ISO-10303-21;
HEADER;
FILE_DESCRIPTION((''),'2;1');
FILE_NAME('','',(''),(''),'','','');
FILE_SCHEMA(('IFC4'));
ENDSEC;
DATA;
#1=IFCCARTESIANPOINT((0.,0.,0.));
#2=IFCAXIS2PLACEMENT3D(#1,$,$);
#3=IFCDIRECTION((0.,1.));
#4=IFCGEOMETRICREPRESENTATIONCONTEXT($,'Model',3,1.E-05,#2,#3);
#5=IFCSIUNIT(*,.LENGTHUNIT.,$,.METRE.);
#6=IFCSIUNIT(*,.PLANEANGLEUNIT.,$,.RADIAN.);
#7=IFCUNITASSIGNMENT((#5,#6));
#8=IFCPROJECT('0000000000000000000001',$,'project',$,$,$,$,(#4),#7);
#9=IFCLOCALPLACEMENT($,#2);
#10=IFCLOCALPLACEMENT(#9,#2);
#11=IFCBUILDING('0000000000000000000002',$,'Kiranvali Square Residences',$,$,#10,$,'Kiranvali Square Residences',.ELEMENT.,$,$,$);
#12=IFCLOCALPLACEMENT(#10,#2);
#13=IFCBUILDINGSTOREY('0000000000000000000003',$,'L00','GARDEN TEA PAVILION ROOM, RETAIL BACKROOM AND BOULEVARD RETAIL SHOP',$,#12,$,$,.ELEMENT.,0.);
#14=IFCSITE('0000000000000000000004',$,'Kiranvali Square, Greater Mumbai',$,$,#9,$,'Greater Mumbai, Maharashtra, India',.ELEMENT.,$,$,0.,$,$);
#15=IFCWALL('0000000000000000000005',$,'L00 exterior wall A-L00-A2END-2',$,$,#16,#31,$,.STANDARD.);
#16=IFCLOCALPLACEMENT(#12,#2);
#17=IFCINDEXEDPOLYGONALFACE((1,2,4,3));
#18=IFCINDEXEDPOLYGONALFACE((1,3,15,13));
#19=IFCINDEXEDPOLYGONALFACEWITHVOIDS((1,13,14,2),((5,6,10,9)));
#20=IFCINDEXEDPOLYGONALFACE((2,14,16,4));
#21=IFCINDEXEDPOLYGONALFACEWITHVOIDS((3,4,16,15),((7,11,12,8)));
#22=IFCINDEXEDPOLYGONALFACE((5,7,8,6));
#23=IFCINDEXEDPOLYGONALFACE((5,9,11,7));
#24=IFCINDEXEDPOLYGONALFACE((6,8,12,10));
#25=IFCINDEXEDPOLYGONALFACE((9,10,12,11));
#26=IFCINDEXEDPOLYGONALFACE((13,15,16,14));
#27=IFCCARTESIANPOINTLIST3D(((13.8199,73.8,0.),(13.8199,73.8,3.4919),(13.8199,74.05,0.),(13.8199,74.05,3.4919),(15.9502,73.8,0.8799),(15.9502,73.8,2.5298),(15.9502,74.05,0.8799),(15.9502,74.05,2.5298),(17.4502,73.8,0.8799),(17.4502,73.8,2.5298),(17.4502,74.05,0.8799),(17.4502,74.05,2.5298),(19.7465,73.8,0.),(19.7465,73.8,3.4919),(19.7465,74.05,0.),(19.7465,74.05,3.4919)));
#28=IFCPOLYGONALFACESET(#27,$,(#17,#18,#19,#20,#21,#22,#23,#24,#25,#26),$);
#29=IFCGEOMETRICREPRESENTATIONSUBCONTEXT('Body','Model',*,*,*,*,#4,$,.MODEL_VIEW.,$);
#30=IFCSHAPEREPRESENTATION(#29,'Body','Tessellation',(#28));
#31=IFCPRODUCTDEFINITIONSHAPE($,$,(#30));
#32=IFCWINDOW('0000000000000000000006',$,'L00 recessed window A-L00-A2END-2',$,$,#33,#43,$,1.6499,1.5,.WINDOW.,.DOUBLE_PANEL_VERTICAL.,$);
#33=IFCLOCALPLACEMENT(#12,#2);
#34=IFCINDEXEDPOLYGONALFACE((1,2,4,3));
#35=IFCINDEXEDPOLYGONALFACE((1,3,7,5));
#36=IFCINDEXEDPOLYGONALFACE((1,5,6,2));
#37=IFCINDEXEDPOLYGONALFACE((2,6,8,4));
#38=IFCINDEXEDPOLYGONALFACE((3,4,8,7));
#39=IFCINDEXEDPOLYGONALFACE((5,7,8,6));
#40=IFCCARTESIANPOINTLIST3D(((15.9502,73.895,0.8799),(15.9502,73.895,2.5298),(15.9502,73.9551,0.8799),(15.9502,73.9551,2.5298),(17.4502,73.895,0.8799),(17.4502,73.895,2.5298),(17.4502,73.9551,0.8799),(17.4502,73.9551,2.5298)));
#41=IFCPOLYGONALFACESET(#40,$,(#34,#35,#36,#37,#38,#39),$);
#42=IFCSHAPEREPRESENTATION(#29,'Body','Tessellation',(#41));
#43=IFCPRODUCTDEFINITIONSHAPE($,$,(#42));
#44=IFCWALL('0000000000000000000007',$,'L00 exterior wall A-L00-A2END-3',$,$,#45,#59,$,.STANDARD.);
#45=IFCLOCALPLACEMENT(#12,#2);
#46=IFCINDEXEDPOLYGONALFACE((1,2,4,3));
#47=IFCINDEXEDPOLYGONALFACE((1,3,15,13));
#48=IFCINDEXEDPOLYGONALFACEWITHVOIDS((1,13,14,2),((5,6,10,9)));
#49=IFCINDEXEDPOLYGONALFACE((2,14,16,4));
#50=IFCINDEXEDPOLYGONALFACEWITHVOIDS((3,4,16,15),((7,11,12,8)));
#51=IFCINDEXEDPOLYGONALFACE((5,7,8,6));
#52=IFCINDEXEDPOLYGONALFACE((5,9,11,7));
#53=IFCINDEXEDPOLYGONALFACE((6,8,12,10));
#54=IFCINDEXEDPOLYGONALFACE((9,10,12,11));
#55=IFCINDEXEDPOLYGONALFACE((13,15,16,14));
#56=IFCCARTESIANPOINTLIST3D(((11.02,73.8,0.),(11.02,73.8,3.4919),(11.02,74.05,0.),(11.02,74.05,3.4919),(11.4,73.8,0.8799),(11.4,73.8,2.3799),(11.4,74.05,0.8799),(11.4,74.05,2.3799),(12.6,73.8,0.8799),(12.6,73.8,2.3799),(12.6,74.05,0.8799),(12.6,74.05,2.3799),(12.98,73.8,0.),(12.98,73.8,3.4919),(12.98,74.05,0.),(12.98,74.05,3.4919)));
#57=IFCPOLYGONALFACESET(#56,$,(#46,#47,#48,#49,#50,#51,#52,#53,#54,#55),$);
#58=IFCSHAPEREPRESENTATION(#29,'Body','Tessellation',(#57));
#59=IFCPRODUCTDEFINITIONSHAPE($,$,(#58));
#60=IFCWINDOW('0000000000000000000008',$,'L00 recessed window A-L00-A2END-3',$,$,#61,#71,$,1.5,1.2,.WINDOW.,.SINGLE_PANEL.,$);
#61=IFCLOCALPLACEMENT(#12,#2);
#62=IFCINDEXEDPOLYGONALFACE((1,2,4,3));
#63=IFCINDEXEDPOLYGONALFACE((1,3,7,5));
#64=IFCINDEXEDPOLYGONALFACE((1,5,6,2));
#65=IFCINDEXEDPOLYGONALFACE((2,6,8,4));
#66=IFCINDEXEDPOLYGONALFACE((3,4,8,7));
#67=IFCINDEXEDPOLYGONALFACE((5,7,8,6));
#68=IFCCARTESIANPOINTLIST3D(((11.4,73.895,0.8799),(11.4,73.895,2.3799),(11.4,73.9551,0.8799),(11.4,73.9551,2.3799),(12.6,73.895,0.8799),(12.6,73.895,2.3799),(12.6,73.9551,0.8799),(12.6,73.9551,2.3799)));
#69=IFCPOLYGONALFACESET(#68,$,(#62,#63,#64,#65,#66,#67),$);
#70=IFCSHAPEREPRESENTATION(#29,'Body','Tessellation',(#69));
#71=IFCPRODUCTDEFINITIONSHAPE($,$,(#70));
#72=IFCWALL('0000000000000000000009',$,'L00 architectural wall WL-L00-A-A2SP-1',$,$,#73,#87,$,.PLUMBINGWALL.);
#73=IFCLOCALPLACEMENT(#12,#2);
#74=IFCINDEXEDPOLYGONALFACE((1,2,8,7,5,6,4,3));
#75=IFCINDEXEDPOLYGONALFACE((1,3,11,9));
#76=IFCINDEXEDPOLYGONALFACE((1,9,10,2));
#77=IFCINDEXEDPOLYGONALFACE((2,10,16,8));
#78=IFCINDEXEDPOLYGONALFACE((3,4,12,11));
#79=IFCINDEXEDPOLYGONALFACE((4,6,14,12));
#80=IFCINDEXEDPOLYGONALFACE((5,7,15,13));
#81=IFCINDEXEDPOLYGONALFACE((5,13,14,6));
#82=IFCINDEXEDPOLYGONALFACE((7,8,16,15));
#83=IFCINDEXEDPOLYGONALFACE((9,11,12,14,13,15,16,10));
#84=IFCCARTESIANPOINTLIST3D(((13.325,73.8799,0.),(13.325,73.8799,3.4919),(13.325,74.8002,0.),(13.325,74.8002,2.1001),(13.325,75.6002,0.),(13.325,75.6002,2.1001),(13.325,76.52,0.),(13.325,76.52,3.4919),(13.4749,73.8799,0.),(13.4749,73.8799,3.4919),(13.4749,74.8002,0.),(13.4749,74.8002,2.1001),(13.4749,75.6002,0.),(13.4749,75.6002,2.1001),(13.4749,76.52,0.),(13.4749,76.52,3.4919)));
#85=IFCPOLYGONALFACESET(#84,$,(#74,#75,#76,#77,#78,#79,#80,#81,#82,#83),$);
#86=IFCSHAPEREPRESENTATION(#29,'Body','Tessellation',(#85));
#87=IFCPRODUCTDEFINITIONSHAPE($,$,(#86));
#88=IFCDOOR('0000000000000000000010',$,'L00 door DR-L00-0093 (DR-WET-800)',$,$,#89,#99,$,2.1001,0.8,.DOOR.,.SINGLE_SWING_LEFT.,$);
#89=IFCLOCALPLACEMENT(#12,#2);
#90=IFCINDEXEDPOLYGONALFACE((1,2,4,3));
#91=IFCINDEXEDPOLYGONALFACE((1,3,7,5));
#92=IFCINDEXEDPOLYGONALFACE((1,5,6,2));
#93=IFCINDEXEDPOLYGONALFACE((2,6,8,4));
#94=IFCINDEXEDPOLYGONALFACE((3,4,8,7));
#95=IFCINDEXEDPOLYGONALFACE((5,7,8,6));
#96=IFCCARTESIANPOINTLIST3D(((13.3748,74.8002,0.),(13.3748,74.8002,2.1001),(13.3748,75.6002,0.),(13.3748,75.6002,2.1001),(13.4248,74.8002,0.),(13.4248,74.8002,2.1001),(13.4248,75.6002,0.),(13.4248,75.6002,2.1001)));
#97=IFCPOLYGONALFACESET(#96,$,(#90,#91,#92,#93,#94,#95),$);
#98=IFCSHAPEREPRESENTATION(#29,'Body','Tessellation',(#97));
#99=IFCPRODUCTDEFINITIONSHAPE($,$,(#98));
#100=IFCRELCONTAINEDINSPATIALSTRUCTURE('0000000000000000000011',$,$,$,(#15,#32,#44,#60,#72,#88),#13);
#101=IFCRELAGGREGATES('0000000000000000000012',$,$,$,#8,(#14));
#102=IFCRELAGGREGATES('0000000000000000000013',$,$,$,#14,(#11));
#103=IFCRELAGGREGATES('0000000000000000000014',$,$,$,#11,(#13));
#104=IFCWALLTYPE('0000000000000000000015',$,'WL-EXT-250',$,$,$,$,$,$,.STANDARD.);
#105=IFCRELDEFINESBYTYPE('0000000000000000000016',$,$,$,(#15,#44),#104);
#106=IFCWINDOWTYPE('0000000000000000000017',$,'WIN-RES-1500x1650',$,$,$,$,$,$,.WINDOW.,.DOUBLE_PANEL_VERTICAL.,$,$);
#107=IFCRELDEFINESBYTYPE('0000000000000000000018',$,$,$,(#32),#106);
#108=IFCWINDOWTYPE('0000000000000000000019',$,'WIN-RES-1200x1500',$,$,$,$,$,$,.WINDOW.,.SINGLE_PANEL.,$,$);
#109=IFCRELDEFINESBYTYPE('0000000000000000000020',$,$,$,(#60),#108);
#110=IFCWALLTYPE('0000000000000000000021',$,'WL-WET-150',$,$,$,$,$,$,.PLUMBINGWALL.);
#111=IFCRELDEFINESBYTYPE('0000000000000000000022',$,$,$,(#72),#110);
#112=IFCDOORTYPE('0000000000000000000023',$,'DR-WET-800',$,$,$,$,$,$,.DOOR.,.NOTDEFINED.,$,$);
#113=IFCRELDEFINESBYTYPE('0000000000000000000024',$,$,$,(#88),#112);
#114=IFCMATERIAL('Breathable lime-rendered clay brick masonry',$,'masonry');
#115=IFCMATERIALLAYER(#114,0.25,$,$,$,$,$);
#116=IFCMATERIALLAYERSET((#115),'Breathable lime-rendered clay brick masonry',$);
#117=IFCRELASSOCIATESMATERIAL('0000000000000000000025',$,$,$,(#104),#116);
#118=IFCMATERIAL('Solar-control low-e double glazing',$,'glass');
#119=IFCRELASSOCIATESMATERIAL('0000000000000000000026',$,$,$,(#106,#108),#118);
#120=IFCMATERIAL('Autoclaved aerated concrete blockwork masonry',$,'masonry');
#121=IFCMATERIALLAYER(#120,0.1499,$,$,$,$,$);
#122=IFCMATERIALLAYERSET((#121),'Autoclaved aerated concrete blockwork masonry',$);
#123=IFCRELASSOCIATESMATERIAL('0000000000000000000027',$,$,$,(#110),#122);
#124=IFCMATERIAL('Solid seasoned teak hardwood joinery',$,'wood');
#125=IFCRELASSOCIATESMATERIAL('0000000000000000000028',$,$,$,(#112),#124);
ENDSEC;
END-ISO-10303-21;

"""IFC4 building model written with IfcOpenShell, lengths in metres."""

from ifc_helpers import new_model, si_unit, direction, frame, frame_2d, origin, place, context, subcontext, project, spatial, rectangle, extrude, material, layer, layer_set, type_object, element, fill, save


model = new_model("IFC4")

# Units and contexts
model_context = context("Model", 3, precision=1e-05, world=origin(), true_north=direction((0.0, 1.0)))
body_context = subcontext(model_context, "Body", "Model", "MODEL_VIEW")
ifc_project = project(units=[si_unit("LENGTHUNIT", "METRE"), si_unit("PLANEANGLEUNIT", "RADIAN")], contexts=[model_context])

# Site, building, storey
site_placement = place(None, origin())
site = spatial("IfcSite", under=ifc_project, at=site_placement, Name="Kiranvali Square, Greater Mumbai", LongName="Greater Mumbai, Maharashtra, India", CompositionType="ELEMENT", RefElevation=0.0)
building_placement = place(site_placement, origin())
building = spatial("IfcBuilding", under=site, at=building_placement, Name="Kiranvali Square Residences", LongName="Kiranvali Square Residences", CompositionType="ELEMENT")
storey_placement = place(building_placement, origin())
storey = spatial("IfcBuildingStorey", under=building, at=storey_placement, Name="L00", Description="GARDEN TEA PAVILION ROOM, RETAIL BACKROOM AND BOULEVARD RETAIL SHOP", CompositionType="ELEMENT", Elevation=0.0)

# Walls, openings, windows
ifc_material_1 = material(Name="Breathable lime-rendered clay brick masonry", Category="masonry")
ifc_layer_1 = layer(ifc_material_1, 0.25)
ifc_layer_set_1 = layer_set([ifc_layer_1], Name="Breathable lime-rendered clay brick masonry")
wall_type_1 = type_object("IfcWallType", Name="WL-EXT-250", PredefinedType="STANDARD", material=ifc_layer_set_1)
wall_1_placement = place(storey_placement, frame((19.7466, 73.925, 0.0), z_axis=(0.0, 0.0, 1.0), x_axis=(-1.0, 0.0, 0.0)))
wall_1 = element("IfcWall", 1, at=wall_1_placement, inside=storey, type_object=wall_type_1, Name="L00 exterior wall A-L00-A2END-2", PredefinedType="STANDARD", context=body_context, shape_type="SweptSolid", body=[
    extrude(rectangle(XDim=5.9265, YDim=0.25, at=frame_2d((2.9634, 0.0))), origin(), (0.0, 0.0, 1.0), 3.4919),
])
opening_1_placement = place(wall_1_placement, frame((2.2964, 0.0, 0.8799)))
opening_1 = element("IfcOpeningElement", 2, at=opening_1_placement, cuts=wall_1, PredefinedType="OPENING", context=body_context, shape_type="SweptSolid", body=[
    extrude(rectangle(XDim=1.5, YDim=1.6499, at=frame_2d((0.75, 0.825))), frame((0.0, 0.135, 0.0), z_axis=(0.0, -1.0, 0.0), x_axis=(1.0, 0.0, 0.0)), (0.0, 0.0, 1.0), 0.27),
])
ifc_material_2 = material(Name="Solar-control low-e double glazing", Category="glass")
window_type_1 = type_object("IfcWindowType", Name="WIN-RES-1500x1650", PartitioningType="DOUBLE_PANEL_VERTICAL", PredefinedType="WINDOW", material=ifc_material_2)
window_1_placement = place(opening_1_placement, origin())
window_1 = element("IfcWindow", 3, at=window_1_placement, inside=storey, type_object=window_type_1, Name="L00 recessed window A-L00-A2END-2", OverallHeight=1.6499, OverallWidth=1.5, PartitioningType="DOUBLE_PANEL_VERTICAL", PredefinedType="WINDOW", context=body_context, shape_type="SweptSolid", body=[
    extrude(rectangle(XDim=1.5, YDim=1.6499, at=frame_2d((0.75, 0.825))), frame((0.0, 0.03, 0.0), z_axis=(0.0, -1.0, 0.0), x_axis=(1.0, 0.0, 0.0)), (0.0, 0.0, 1.0), 0.0601),
])
fill(opening_1, window_1)
wall_2_placement = place(storey_placement, frame((12.98, 73.925, 0.0), z_axis=(0.0, 0.0, 1.0), x_axis=(-1.0, 0.0, 0.0)))
wall_2 = element("IfcWall", 4, at=wall_2_placement, inside=storey, type_object=wall_type_1, Name="L00 exterior wall A-L00-A2END-3", PredefinedType="STANDARD", context=body_context, shape_type="SweptSolid", body=[
    extrude(rectangle(XDim=1.96, YDim=0.25, at=frame_2d((0.98, 0.0))), origin(), (0.0, 0.0, 1.0), 3.4919),
])
opening_2_placement = place(wall_2_placement, frame((0.3799, 0.0, 0.8799)))
opening_2 = element("IfcOpeningElement", 5, at=opening_2_placement, cuts=wall_2, PredefinedType="OPENING", context=body_context, shape_type="SweptSolid", body=[
    extrude(rectangle(XDim=1.2, YDim=1.5, at=frame_2d((0.6001, 0.75))), frame((0.0, 0.135, 0.0), z_axis=(0.0, -1.0, 0.0), x_axis=(1.0, 0.0, 0.0)), (0.0, 0.0, 1.0), 0.27),
])
window_type_2 = type_object("IfcWindowType", Name="WIN-RES-1200x1500", PartitioningType="SINGLE_PANEL", PredefinedType="WINDOW", material=ifc_material_2)
window_2_placement = place(opening_2_placement, origin())
window_2 = element("IfcWindow", 6, at=window_2_placement, inside=storey, type_object=window_type_2, Name="L00 recessed window A-L00-A2END-3", OverallHeight=1.5, OverallWidth=1.2, PartitioningType="SINGLE_PANEL", PredefinedType="WINDOW", context=body_context, shape_type="SweptSolid", body=[
    extrude(rectangle(XDim=1.2, YDim=1.5, at=frame_2d((0.6001, 0.75))), frame((0.0, 0.03, 0.0), z_axis=(0.0, -1.0, 0.0), x_axis=(1.0, 0.0, 0.0)), (0.0, 0.0, 1.0), 0.0601),
])
fill(opening_2, window_2)

# Wall, opening, door
ifc_material_3 = material(Name="Autoclaved aerated concrete blockwork masonry", Category="masonry")
ifc_layer_2 = layer(ifc_material_3, 0.1499)
ifc_layer_set_2 = layer_set([ifc_layer_2], Name="Autoclaved aerated concrete blockwork masonry")
wall_type_2 = type_object("IfcWallType", Name="WL-WET-150", PredefinedType="PLUMBINGWALL", material=ifc_layer_set_2)
wall_3_placement = place(storey_placement, frame((13.3999, 76.52, 0.0), z_axis=(0.0, 0.0, 1.0), x_axis=(0.0, -1.0, 0.0)))
wall_3 = element("IfcWall", 7, at=wall_3_placement, inside=storey, type_object=wall_type_2, Name="L00 architectural wall WL-L00-A-A2SP-1", PredefinedType="PLUMBINGWALL", context=body_context, shape_type="SweptSolid", body=[
    extrude(rectangle(XDim=2.6401, YDim=0.1499, at=frame_2d((1.3201, 0.0))), origin(), (0.0, 0.0, 1.0), 3.4919),
])
opening_3_placement = place(wall_3_placement, frame((0.9199, 0.0, 0.0)))
opening_3 = element("IfcOpeningElement", 8, at=opening_3_placement, cuts=wall_3, PredefinedType="OPENING", context=body_context, shape_type="SweptSolid", body=[
    extrude(rectangle(XDim=0.8, YDim=2.1001, at=frame_2d((0.3999, 1.05))), frame((0.0, 0.085, 0.0), z_axis=(0.0, -1.0, 0.0), x_axis=(1.0, 0.0, 0.0)), (0.0, 0.0, 1.0), 0.1699),
])
ifc_material_4 = material(Name="Solid seasoned teak hardwood joinery", Category="wood")
door_type = type_object("IfcDoorType", Name="DR-WET-800", OperationType="NOTDEFINED", PredefinedType="DOOR", material=ifc_material_4)
door_placement = place(opening_3_placement, origin())
door = element("IfcDoor", 9, at=door_placement, inside=storey, type_object=door_type, Name="L00 door DR-L00-0093 (DR-WET-800)", OperationType="SINGLE_SWING_LEFT", OverallHeight=2.1001, OverallWidth=0.8, PredefinedType="DOOR", context=body_context, shape_type="SweptSolid", body=[
    extrude(rectangle(XDim=0.8, YDim=2.1001, at=frame_2d((0.3999, 1.05))), frame((0.0, 0.0249, 0.0), z_axis=(0.0, -1.0, 0.0), x_axis=(1.0, 0.0, 0.0)), (0.0, 0.0, 1.0), 0.05),
])
fill(opening_3, door)

save(model, "model.ifc")
